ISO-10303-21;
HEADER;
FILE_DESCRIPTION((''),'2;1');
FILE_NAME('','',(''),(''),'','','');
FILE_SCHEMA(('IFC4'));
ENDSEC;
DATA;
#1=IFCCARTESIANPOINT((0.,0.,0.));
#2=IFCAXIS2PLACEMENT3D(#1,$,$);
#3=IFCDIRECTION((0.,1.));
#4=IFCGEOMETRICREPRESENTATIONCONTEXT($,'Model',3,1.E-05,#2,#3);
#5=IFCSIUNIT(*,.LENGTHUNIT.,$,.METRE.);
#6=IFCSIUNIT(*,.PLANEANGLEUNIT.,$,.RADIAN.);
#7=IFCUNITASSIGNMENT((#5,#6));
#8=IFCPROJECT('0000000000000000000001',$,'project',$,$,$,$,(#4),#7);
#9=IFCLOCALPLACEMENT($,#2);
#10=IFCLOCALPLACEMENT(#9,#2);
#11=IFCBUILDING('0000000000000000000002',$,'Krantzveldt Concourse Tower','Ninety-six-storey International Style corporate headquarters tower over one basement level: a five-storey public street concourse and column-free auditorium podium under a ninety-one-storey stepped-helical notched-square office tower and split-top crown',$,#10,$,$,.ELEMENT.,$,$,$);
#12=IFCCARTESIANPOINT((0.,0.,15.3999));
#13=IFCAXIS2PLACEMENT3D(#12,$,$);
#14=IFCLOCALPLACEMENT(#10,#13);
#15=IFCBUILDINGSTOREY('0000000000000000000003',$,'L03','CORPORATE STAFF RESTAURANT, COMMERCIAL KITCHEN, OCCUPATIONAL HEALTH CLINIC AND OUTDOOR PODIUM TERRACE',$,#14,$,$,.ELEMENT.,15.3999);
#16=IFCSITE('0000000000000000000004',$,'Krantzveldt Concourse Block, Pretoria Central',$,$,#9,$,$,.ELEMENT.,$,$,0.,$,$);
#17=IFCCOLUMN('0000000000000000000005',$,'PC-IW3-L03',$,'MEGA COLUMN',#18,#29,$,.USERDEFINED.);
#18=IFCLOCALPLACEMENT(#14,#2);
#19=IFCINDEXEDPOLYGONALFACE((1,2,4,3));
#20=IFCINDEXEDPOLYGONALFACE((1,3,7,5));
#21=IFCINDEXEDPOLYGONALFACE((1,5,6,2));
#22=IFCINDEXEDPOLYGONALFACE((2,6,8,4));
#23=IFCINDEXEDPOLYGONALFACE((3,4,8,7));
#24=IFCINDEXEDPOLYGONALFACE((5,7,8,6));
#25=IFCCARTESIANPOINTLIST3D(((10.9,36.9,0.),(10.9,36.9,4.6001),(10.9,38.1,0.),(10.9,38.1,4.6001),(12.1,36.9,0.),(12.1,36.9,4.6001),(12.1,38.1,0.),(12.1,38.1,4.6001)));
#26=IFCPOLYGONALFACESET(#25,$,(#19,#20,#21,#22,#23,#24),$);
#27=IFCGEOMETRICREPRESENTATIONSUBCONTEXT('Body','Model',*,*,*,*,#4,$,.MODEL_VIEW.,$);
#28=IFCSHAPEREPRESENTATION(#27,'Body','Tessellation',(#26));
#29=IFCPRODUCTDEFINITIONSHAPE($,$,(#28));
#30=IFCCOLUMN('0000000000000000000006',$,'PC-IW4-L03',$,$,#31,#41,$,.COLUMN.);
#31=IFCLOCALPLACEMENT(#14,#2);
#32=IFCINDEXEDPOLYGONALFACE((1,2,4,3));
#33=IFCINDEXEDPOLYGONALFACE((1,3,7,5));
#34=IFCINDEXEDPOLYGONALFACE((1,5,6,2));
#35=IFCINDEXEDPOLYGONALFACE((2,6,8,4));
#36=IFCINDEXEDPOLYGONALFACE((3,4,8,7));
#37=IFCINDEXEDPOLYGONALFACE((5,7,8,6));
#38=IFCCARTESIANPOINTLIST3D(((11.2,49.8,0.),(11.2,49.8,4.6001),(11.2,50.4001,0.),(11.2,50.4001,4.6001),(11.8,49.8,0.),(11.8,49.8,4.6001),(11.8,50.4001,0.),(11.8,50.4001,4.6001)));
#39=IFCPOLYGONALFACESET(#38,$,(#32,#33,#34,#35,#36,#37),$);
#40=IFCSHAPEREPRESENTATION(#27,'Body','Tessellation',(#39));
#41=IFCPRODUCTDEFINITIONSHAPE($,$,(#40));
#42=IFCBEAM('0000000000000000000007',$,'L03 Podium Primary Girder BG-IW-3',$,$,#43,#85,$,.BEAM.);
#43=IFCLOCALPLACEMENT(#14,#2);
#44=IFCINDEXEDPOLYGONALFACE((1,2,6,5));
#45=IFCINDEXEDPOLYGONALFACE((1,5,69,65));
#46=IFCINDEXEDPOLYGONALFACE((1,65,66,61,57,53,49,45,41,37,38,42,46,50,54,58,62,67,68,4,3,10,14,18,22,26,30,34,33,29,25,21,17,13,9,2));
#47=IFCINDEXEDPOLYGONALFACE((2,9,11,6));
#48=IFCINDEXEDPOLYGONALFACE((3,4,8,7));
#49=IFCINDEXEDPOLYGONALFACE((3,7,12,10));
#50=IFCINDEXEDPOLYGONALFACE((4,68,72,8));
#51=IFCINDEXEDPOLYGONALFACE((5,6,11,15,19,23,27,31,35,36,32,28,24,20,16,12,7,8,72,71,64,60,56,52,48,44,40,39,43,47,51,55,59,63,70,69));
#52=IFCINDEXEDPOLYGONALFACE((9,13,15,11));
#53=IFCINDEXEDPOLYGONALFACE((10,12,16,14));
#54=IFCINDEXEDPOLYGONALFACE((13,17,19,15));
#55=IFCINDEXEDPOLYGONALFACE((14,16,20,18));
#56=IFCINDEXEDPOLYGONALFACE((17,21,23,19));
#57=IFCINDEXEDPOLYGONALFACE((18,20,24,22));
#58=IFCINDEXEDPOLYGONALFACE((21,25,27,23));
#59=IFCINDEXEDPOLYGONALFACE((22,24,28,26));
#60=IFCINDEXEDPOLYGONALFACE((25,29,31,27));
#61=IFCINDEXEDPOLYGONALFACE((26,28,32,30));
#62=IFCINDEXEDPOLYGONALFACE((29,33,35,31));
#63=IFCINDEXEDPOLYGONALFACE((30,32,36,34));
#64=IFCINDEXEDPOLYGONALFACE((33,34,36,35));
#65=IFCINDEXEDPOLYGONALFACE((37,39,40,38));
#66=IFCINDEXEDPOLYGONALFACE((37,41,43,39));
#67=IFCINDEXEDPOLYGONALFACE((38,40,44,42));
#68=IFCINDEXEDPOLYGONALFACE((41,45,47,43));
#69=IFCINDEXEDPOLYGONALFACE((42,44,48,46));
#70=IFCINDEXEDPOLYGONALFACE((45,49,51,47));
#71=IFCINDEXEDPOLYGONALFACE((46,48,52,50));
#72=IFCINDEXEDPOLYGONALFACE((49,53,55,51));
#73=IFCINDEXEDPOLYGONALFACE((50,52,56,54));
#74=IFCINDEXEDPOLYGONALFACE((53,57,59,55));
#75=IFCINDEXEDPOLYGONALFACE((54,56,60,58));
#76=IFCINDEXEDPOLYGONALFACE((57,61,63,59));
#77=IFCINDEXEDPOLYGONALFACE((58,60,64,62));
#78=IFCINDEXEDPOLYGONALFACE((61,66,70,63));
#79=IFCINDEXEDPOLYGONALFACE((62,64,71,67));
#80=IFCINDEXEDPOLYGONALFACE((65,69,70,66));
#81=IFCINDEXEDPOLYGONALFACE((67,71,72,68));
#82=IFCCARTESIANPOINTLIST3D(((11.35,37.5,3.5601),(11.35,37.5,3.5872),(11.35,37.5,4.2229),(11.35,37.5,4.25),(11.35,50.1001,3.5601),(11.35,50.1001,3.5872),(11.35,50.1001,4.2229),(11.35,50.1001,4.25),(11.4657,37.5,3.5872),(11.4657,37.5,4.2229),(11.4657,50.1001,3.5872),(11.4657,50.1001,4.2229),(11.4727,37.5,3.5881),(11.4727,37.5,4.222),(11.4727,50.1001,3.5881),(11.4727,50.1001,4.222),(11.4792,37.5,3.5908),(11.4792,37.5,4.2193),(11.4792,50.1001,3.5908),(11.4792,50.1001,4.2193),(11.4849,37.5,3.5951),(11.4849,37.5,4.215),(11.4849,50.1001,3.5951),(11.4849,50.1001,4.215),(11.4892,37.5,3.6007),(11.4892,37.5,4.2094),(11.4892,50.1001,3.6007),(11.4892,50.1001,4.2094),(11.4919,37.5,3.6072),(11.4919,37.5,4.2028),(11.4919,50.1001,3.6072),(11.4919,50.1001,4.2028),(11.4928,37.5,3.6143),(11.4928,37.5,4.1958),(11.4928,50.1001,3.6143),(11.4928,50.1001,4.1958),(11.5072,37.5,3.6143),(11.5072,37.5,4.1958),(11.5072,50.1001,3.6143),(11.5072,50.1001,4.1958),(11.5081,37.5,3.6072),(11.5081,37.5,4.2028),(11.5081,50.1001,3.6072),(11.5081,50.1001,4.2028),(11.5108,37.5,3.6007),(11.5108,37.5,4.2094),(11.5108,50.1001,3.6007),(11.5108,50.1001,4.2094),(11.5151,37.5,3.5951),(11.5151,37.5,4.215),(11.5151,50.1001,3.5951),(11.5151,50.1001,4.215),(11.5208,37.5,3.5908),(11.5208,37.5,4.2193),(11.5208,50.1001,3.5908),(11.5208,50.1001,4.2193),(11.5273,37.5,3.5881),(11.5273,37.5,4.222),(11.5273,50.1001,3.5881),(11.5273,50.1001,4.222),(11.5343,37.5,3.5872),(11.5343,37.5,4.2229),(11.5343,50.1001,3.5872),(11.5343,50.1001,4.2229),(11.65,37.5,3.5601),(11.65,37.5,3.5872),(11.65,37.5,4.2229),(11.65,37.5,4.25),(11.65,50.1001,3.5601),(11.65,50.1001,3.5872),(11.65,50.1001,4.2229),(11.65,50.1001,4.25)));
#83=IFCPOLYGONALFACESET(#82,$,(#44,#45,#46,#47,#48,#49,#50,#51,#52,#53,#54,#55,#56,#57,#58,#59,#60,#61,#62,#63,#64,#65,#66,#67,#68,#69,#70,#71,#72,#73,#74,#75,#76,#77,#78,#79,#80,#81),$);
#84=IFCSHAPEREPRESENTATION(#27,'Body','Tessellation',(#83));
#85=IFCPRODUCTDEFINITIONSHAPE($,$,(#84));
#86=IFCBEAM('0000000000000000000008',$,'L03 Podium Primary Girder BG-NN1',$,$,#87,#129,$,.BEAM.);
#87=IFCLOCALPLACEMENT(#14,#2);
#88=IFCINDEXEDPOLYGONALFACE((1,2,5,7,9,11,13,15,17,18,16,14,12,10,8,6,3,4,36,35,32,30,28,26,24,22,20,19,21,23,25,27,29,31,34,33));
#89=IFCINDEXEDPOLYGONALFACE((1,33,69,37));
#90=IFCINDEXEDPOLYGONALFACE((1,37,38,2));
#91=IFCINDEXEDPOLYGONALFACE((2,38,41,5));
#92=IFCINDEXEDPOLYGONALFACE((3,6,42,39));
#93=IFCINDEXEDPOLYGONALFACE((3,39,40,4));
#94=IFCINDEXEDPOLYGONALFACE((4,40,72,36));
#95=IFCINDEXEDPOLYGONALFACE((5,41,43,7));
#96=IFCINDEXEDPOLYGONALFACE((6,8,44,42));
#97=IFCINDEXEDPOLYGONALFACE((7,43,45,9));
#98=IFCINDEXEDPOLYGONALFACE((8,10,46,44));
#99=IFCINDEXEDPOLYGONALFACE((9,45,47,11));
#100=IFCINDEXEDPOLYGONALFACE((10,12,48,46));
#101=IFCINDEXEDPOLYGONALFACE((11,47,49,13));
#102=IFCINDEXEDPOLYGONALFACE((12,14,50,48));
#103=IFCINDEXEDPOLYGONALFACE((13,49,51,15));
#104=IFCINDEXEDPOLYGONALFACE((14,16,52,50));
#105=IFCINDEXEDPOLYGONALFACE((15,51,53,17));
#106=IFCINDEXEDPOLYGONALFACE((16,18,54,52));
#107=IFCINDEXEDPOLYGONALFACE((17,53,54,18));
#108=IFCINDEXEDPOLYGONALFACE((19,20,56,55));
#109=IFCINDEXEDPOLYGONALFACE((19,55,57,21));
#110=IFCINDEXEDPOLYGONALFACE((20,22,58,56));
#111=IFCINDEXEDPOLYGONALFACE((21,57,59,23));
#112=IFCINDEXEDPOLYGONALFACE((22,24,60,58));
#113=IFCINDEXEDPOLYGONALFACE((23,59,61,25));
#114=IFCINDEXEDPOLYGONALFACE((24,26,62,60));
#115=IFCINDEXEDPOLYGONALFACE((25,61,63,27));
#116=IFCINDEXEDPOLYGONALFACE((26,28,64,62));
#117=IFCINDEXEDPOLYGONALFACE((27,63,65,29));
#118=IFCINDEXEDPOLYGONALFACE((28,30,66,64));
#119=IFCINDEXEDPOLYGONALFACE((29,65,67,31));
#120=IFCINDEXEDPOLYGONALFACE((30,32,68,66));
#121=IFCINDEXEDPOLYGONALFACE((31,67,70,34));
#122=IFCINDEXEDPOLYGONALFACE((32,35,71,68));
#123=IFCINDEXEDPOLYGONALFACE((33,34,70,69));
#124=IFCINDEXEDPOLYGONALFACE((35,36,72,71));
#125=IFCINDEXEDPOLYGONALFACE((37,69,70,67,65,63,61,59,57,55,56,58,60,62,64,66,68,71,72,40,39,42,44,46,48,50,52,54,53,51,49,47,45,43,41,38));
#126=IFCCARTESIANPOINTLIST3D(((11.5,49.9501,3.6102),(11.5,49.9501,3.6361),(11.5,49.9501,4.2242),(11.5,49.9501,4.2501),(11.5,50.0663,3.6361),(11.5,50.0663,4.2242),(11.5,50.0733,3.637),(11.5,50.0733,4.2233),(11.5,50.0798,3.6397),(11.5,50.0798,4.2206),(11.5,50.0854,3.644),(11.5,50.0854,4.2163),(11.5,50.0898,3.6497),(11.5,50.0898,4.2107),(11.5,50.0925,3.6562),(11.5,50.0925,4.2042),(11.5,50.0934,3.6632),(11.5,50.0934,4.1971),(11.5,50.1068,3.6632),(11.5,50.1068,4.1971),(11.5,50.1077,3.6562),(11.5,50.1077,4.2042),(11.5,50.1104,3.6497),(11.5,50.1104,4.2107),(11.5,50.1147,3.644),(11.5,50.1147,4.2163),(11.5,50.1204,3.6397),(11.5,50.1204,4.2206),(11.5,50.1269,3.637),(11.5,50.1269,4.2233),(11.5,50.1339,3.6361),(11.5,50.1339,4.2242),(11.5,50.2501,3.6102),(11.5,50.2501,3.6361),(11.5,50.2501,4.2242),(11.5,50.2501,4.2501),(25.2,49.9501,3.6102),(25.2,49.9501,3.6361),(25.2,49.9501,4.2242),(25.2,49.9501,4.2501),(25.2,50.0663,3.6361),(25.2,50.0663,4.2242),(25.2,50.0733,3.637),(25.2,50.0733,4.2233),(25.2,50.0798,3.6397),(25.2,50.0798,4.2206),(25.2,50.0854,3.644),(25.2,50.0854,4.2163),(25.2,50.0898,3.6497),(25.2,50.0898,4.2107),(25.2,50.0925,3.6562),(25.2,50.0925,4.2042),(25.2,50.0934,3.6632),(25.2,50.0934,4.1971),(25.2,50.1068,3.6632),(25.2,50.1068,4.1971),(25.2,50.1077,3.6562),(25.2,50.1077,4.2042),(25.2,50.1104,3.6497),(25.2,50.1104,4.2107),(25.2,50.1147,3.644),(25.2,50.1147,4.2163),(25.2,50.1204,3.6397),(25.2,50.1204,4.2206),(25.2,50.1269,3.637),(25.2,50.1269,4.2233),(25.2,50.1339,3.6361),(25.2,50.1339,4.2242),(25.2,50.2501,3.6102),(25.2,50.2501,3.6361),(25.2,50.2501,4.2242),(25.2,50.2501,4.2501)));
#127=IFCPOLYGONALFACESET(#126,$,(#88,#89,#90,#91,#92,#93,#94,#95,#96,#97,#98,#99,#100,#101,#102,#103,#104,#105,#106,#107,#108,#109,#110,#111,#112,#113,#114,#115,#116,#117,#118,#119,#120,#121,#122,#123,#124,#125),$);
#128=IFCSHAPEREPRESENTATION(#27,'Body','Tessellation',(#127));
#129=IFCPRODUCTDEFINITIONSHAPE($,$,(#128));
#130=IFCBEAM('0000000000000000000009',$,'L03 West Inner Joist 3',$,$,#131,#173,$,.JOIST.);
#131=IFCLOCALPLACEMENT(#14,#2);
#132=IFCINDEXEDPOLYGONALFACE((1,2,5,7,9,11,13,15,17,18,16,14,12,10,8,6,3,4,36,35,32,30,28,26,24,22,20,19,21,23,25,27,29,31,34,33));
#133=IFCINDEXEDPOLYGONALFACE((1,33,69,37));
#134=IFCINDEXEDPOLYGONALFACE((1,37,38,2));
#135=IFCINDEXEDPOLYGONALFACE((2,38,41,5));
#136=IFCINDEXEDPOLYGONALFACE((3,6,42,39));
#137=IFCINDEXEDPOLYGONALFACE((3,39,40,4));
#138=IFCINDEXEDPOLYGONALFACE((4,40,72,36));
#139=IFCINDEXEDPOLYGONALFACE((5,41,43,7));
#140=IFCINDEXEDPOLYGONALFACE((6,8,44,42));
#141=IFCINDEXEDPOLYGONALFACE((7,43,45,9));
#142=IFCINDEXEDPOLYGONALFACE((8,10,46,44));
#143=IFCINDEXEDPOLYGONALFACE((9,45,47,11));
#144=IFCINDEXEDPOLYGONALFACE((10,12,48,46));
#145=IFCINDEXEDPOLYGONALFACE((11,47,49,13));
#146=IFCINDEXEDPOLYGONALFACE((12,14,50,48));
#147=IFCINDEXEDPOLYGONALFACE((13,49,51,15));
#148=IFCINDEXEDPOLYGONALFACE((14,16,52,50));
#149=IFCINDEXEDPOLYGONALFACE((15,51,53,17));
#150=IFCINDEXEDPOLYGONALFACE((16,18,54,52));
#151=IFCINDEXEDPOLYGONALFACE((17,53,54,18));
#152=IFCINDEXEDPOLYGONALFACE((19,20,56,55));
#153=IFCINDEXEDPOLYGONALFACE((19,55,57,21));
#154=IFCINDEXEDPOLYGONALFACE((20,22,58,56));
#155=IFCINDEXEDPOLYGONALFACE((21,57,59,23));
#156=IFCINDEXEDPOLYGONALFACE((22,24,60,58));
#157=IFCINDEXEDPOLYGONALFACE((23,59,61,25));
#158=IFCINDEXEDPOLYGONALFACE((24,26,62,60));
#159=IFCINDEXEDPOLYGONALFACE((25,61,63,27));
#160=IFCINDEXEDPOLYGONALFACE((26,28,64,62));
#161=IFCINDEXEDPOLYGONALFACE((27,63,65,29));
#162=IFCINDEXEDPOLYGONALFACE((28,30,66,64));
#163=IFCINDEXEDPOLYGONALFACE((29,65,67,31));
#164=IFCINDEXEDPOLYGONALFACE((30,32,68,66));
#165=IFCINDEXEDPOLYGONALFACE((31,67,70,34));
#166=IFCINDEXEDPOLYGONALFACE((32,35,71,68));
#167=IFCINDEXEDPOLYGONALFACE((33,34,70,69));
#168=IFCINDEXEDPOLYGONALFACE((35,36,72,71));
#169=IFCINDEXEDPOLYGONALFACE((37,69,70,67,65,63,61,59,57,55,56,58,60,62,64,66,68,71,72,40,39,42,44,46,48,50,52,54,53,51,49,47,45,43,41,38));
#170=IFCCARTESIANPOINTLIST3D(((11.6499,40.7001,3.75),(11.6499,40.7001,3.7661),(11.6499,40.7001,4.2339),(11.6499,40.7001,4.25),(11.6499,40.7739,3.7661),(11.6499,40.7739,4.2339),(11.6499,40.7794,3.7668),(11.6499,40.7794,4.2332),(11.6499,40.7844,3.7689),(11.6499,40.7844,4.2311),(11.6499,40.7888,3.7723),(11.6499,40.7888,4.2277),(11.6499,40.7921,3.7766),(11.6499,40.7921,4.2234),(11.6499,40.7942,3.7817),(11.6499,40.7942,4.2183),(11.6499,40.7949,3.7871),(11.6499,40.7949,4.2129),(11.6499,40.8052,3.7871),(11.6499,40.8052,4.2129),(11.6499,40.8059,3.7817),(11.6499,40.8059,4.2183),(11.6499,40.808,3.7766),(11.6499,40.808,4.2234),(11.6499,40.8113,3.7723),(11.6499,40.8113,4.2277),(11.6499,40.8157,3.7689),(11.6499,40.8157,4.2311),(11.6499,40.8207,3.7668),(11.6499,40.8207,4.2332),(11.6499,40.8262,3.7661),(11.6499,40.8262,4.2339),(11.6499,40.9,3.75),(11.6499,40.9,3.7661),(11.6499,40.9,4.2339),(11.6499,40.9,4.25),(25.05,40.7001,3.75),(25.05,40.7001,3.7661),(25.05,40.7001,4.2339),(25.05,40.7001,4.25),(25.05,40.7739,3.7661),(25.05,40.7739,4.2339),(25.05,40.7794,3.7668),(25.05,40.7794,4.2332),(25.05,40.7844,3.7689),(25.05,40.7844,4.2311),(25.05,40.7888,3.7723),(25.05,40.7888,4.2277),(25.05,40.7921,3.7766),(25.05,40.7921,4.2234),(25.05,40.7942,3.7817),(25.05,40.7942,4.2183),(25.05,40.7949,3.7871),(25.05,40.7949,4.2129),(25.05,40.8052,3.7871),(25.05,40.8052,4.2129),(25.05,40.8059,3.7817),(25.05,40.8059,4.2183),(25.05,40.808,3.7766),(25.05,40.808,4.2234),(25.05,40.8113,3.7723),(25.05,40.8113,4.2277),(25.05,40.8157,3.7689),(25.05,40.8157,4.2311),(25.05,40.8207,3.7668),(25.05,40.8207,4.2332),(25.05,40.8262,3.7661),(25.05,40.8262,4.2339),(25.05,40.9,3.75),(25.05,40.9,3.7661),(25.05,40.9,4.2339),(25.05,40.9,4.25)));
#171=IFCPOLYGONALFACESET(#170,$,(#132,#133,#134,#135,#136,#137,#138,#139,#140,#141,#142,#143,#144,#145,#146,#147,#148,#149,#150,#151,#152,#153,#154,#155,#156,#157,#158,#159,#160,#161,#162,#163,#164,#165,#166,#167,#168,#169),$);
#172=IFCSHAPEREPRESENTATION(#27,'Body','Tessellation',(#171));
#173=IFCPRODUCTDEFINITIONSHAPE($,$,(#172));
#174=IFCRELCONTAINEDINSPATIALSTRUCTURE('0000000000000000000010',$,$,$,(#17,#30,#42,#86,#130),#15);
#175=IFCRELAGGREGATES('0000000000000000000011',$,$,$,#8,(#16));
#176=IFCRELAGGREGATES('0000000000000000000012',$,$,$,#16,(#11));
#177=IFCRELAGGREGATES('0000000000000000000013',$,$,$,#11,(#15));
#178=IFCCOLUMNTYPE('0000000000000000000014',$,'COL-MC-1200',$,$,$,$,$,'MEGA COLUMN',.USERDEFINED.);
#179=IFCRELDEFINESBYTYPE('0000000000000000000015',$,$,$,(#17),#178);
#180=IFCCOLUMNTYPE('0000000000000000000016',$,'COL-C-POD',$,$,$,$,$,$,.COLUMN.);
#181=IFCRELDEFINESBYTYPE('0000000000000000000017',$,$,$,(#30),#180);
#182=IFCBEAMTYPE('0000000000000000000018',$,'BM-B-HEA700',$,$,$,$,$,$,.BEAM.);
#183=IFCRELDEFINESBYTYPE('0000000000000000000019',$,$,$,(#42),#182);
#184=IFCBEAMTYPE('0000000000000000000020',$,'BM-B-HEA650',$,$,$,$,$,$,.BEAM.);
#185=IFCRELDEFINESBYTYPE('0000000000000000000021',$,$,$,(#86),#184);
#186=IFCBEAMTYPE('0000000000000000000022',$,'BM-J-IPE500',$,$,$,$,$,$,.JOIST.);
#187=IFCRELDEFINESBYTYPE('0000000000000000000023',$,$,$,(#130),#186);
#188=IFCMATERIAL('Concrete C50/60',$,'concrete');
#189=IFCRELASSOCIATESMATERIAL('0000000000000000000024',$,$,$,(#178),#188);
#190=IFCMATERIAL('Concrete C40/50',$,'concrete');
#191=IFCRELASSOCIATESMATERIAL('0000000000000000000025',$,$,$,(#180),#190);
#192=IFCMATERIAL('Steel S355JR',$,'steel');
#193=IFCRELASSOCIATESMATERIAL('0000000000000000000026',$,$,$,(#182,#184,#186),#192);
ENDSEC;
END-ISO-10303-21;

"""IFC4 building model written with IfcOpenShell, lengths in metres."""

from ifc_helpers import new_model, si_unit, direction, frame, origin, origin_2d, place, context, subcontext, project, spatial, rectangle, i_section, extrude, source, transform, mapped, material, material_profile, profile_set, type_object, type_shapes, element, save


model = new_model("IFC4")

# Units and contexts
model_context = context("Model", 3, precision=1e-05, world=origin(), true_north=direction((0.0, 1.0)))
body_context = subcontext(model_context, "Body", "Model", "MODEL_VIEW")
ifc_project = project(units=[si_unit("LENGTHUNIT", "METRE"), si_unit("PLANEANGLEUNIT", "RADIAN")], contexts=[model_context])

# Site, building, storey
site_placement = place(None, origin())
site = spatial("IfcSite", under=ifc_project, at=site_placement, Name="Krantzveldt Concourse Block, Pretoria Central", CompositionType="ELEMENT", RefElevation=0.0)
building_placement = place(site_placement, origin())
building = spatial("IfcBuilding", under=site, at=building_placement, Name="Krantzveldt Concourse Tower", Description="Ninety-six-storey International Style corporate headquarters tower over one basement level: a five-storey public street concourse and column-free auditorium podium under a ninety-one-storey stepped-helical notched-square office tower and split-top crown", CompositionType="ELEMENT")
storey_placement = place(building_placement, frame((0.0, 0.0, 15.3999)))
storey = spatial("IfcBuildingStorey", under=building, at=storey_placement, Name="L03", Description="CORPORATE STAFF RESTAURANT, COMMERCIAL KITCHEN, OCCUPATIONAL HEALTH CLINIC AND OUTDOOR PODIUM TERRACE", CompositionType="ELEMENT", Elevation=15.3999)

# Columns
ifc_material_1 = material(Name="Concrete C50/60", Category="concrete")
ifc_material_profile_1 = material_profile(ifc_material_1, rectangle(XDim=1.2, YDim=1.2, at=origin_2d()), Name="Concrete C50/60", Category="concrete")
ifc_profile_set_1 = profile_set([ifc_material_profile_1], Name="Concrete C50/60 - RC 1200x1200")
column_type_1 = type_object("IfcColumnType", Name="COL-MC-1200", ElementType="MEGA COLUMN", PredefinedType="USERDEFINED", material=ifc_profile_set_1)
shared_shape_1 = source(origin(), body_context, "Body", "SweptSolid", [
    extrude(rectangle(XDim=1.2, YDim=1.2, at=origin_2d()), origin(), (0.0, 0.0, 1.0), 4.6001),
])
type_shapes(column_type_1, [shared_shape_1])
column_1_placement = place(storey_placement, frame((11.5, 37.5, 0.0), z_axis=(0.0, 0.0, 1.0), x_axis=(1.0, 0.0, 0.0)))
element("IfcColumn", 1, at=column_1_placement, inside=storey, type_object=column_type_1, Name="PC-IW3-L03", ObjectType="MEGA COLUMN", PredefinedType="USERDEFINED", context=body_context, shape_type="MappedRepresentation", body=[
    mapped(shared_shape_1, transform((0.0, 0.0, 0.0), x_axis=(1.0, 0.0, 0.0), y_axis=(0.0, 1.0, 0.0), z_axis=(0.0, 0.0, 1.0), scale=1.0)),
])
ifc_material_2 = material(Name="Concrete C40/50", Category="concrete")
ifc_material_profile_2 = material_profile(ifc_material_2, rectangle(XDim=0.6001, YDim=0.6001, at=origin_2d()), Name="Concrete C40/50", Category="concrete")
ifc_profile_set_2 = profile_set([ifc_material_profile_2], Name="Concrete C40/50 - RC 600x600")
column_type_2 = type_object("IfcColumnType", Name="COL-C-POD", PredefinedType="COLUMN", material=ifc_profile_set_2)
shared_shape_2 = source(origin(), body_context, "Body", "SweptSolid", [
    extrude(rectangle(XDim=0.6001, YDim=0.6001, at=origin_2d()), origin(), (0.0, 0.0, 1.0), 4.6001),
])
type_shapes(column_type_2, [shared_shape_2])
column_2_placement = place(storey_placement, frame((11.5, 50.1001, 0.0), z_axis=(0.0, 0.0, 1.0), x_axis=(1.0, 0.0, 0.0)))
element("IfcColumn", 2, at=column_2_placement, inside=storey, type_object=column_type_2, Name="PC-IW4-L03", PredefinedType="COLUMN", context=body_context, shape_type="MappedRepresentation", body=[
    mapped(shared_shape_2, transform((0.0, 0.0, 0.0), x_axis=(1.0, 0.0, 0.0), y_axis=(0.0, 1.0, 0.0), z_axis=(0.0, 0.0, 1.0), scale=1.0)),
])

# Beams
ifc_material_3 = material(Name="Steel S355JR", Category="steel")
ifc_material_profile_3 = material_profile(ifc_material_3, i_section(OverallWidth=0.3, OverallDepth=0.6899, WebThickness=0.0144, FlangeThickness=0.0271, FilletRadius=0.0271, at=origin_2d()), Name="Steel S355JR", Category="steel")
ifc_profile_set_3 = profile_set([ifc_material_profile_3], Name="Steel S355JR - HEA 700")
beam_type_1 = type_object("IfcBeamType", Name="BM-B-HEA700", PredefinedType="BEAM", material=ifc_profile_set_3)
shared_shape_3 = source(origin(), body_context, "Body", "SweptSolid", [
    extrude(i_section(OverallWidth=0.3, OverallDepth=0.6899, WebThickness=0.0144, FlangeThickness=0.0271, FilletRadius=0.0271, at=origin_2d()), origin(), (0.0, 0.0, 1.0), 12.6001),
])
type_shapes(beam_type_1, [shared_shape_3])
beam_1_placement = place(storey_placement, frame((11.5, 37.5, 3.905), z_axis=(0.0, 1.0, 0.0), x_axis=(-1.0, 0.0, 0.0)))
element("IfcBeam", 3, at=beam_1_placement, inside=storey, type_object=beam_type_1, Name="L03 Podium Primary Girder BG-IW-3", PredefinedType="BEAM", context=body_context, shape_type="MappedRepresentation", body=[
    mapped(shared_shape_3, transform((0.0, 0.0, 0.0), x_axis=(1.0, 0.0, 0.0), y_axis=(0.0, 1.0, 0.0), z_axis=(0.0, 0.0, 1.0), scale=1.0)),
])
ifc_material_profile_4 = material_profile(ifc_material_3, i_section(OverallWidth=0.3, OverallDepth=0.6399, WebThickness=0.0134, FlangeThickness=0.0259, FilletRadius=0.0271, at=origin_2d()), Name="Steel S355JR", Category="steel")
ifc_profile_set_4 = profile_set([ifc_material_profile_4], Name="Steel S355JR - HEA 650")
beam_type_2 = type_object("IfcBeamType", Name="BM-B-HEA650", PredefinedType="BEAM", material=ifc_profile_set_4)
shared_shape_4 = source(origin(), body_context, "Body", "SweptSolid", [
    extrude(i_section(OverallWidth=0.3, OverallDepth=0.6399, WebThickness=0.0134, FlangeThickness=0.0259, FilletRadius=0.0271, at=origin_2d()), origin(), (0.0, 0.0, 1.0), 13.7),
])
type_shapes(beam_type_2, [shared_shape_4])
beam_2_placement = place(storey_placement, frame((11.5, 50.1001, 3.9302), z_axis=(1.0, 0.0, 0.0), x_axis=(0.0, 1.0, 0.0)))
element("IfcBeam", 4, at=beam_2_placement, inside=storey, type_object=beam_type_2, Name="L03 Podium Primary Girder BG-NN1", PredefinedType="BEAM", context=body_context, shape_type="MappedRepresentation", body=[
    mapped(shared_shape_4, transform((0.0, 0.0, 0.0), x_axis=(1.0, 0.0, 0.0), y_axis=(0.0, 1.0, 0.0), z_axis=(0.0, 0.0, 1.0), scale=1.0)),
])
ifc_material_profile_5 = material_profile(ifc_material_3, i_section(OverallWidth=0.2, OverallDepth=0.5, WebThickness=0.0103, FlangeThickness=0.0161, FilletRadius=0.021, at=origin_2d()), Name="Steel S355JR", Category="steel")
ifc_profile_set_5 = profile_set([ifc_material_profile_5], Name="Steel S355JR - IPE 500")
beam_type_3 = type_object("IfcBeamType", Name="BM-J-IPE500", PredefinedType="JOIST", material=ifc_profile_set_5)
shared_shape_5 = source(origin(), body_context, "Body", "SweptSolid", [
    extrude(i_section(OverallWidth=0.2, OverallDepth=0.5, WebThickness=0.0103, FlangeThickness=0.0161, FilletRadius=0.021, at=origin_2d()), origin(), (0.0, 0.0, 1.0), 13.4001),
])
beam_3_placement = place(storey_placement, frame((11.6499, 40.8, 4.0), z_axis=(1.0, 0.0, 0.0), x_axis=(0.0, 1.0, 0.0)))
element("IfcBeam", 5, at=beam_3_placement, inside=storey, type_object=beam_type_3, Name="L03 West Inner Joist 3", PredefinedType="JOIST", context=body_context, shape_type="MappedRepresentation", body=[
    mapped(shared_shape_5, transform((0.0, 0.0, 0.0), x_axis=(1.0, 0.0, 0.0), y_axis=(0.0, 1.0, 0.0), z_axis=(0.0, 0.0, 1.0), scale=1.0)),
])

save(model, "model.ifc")
